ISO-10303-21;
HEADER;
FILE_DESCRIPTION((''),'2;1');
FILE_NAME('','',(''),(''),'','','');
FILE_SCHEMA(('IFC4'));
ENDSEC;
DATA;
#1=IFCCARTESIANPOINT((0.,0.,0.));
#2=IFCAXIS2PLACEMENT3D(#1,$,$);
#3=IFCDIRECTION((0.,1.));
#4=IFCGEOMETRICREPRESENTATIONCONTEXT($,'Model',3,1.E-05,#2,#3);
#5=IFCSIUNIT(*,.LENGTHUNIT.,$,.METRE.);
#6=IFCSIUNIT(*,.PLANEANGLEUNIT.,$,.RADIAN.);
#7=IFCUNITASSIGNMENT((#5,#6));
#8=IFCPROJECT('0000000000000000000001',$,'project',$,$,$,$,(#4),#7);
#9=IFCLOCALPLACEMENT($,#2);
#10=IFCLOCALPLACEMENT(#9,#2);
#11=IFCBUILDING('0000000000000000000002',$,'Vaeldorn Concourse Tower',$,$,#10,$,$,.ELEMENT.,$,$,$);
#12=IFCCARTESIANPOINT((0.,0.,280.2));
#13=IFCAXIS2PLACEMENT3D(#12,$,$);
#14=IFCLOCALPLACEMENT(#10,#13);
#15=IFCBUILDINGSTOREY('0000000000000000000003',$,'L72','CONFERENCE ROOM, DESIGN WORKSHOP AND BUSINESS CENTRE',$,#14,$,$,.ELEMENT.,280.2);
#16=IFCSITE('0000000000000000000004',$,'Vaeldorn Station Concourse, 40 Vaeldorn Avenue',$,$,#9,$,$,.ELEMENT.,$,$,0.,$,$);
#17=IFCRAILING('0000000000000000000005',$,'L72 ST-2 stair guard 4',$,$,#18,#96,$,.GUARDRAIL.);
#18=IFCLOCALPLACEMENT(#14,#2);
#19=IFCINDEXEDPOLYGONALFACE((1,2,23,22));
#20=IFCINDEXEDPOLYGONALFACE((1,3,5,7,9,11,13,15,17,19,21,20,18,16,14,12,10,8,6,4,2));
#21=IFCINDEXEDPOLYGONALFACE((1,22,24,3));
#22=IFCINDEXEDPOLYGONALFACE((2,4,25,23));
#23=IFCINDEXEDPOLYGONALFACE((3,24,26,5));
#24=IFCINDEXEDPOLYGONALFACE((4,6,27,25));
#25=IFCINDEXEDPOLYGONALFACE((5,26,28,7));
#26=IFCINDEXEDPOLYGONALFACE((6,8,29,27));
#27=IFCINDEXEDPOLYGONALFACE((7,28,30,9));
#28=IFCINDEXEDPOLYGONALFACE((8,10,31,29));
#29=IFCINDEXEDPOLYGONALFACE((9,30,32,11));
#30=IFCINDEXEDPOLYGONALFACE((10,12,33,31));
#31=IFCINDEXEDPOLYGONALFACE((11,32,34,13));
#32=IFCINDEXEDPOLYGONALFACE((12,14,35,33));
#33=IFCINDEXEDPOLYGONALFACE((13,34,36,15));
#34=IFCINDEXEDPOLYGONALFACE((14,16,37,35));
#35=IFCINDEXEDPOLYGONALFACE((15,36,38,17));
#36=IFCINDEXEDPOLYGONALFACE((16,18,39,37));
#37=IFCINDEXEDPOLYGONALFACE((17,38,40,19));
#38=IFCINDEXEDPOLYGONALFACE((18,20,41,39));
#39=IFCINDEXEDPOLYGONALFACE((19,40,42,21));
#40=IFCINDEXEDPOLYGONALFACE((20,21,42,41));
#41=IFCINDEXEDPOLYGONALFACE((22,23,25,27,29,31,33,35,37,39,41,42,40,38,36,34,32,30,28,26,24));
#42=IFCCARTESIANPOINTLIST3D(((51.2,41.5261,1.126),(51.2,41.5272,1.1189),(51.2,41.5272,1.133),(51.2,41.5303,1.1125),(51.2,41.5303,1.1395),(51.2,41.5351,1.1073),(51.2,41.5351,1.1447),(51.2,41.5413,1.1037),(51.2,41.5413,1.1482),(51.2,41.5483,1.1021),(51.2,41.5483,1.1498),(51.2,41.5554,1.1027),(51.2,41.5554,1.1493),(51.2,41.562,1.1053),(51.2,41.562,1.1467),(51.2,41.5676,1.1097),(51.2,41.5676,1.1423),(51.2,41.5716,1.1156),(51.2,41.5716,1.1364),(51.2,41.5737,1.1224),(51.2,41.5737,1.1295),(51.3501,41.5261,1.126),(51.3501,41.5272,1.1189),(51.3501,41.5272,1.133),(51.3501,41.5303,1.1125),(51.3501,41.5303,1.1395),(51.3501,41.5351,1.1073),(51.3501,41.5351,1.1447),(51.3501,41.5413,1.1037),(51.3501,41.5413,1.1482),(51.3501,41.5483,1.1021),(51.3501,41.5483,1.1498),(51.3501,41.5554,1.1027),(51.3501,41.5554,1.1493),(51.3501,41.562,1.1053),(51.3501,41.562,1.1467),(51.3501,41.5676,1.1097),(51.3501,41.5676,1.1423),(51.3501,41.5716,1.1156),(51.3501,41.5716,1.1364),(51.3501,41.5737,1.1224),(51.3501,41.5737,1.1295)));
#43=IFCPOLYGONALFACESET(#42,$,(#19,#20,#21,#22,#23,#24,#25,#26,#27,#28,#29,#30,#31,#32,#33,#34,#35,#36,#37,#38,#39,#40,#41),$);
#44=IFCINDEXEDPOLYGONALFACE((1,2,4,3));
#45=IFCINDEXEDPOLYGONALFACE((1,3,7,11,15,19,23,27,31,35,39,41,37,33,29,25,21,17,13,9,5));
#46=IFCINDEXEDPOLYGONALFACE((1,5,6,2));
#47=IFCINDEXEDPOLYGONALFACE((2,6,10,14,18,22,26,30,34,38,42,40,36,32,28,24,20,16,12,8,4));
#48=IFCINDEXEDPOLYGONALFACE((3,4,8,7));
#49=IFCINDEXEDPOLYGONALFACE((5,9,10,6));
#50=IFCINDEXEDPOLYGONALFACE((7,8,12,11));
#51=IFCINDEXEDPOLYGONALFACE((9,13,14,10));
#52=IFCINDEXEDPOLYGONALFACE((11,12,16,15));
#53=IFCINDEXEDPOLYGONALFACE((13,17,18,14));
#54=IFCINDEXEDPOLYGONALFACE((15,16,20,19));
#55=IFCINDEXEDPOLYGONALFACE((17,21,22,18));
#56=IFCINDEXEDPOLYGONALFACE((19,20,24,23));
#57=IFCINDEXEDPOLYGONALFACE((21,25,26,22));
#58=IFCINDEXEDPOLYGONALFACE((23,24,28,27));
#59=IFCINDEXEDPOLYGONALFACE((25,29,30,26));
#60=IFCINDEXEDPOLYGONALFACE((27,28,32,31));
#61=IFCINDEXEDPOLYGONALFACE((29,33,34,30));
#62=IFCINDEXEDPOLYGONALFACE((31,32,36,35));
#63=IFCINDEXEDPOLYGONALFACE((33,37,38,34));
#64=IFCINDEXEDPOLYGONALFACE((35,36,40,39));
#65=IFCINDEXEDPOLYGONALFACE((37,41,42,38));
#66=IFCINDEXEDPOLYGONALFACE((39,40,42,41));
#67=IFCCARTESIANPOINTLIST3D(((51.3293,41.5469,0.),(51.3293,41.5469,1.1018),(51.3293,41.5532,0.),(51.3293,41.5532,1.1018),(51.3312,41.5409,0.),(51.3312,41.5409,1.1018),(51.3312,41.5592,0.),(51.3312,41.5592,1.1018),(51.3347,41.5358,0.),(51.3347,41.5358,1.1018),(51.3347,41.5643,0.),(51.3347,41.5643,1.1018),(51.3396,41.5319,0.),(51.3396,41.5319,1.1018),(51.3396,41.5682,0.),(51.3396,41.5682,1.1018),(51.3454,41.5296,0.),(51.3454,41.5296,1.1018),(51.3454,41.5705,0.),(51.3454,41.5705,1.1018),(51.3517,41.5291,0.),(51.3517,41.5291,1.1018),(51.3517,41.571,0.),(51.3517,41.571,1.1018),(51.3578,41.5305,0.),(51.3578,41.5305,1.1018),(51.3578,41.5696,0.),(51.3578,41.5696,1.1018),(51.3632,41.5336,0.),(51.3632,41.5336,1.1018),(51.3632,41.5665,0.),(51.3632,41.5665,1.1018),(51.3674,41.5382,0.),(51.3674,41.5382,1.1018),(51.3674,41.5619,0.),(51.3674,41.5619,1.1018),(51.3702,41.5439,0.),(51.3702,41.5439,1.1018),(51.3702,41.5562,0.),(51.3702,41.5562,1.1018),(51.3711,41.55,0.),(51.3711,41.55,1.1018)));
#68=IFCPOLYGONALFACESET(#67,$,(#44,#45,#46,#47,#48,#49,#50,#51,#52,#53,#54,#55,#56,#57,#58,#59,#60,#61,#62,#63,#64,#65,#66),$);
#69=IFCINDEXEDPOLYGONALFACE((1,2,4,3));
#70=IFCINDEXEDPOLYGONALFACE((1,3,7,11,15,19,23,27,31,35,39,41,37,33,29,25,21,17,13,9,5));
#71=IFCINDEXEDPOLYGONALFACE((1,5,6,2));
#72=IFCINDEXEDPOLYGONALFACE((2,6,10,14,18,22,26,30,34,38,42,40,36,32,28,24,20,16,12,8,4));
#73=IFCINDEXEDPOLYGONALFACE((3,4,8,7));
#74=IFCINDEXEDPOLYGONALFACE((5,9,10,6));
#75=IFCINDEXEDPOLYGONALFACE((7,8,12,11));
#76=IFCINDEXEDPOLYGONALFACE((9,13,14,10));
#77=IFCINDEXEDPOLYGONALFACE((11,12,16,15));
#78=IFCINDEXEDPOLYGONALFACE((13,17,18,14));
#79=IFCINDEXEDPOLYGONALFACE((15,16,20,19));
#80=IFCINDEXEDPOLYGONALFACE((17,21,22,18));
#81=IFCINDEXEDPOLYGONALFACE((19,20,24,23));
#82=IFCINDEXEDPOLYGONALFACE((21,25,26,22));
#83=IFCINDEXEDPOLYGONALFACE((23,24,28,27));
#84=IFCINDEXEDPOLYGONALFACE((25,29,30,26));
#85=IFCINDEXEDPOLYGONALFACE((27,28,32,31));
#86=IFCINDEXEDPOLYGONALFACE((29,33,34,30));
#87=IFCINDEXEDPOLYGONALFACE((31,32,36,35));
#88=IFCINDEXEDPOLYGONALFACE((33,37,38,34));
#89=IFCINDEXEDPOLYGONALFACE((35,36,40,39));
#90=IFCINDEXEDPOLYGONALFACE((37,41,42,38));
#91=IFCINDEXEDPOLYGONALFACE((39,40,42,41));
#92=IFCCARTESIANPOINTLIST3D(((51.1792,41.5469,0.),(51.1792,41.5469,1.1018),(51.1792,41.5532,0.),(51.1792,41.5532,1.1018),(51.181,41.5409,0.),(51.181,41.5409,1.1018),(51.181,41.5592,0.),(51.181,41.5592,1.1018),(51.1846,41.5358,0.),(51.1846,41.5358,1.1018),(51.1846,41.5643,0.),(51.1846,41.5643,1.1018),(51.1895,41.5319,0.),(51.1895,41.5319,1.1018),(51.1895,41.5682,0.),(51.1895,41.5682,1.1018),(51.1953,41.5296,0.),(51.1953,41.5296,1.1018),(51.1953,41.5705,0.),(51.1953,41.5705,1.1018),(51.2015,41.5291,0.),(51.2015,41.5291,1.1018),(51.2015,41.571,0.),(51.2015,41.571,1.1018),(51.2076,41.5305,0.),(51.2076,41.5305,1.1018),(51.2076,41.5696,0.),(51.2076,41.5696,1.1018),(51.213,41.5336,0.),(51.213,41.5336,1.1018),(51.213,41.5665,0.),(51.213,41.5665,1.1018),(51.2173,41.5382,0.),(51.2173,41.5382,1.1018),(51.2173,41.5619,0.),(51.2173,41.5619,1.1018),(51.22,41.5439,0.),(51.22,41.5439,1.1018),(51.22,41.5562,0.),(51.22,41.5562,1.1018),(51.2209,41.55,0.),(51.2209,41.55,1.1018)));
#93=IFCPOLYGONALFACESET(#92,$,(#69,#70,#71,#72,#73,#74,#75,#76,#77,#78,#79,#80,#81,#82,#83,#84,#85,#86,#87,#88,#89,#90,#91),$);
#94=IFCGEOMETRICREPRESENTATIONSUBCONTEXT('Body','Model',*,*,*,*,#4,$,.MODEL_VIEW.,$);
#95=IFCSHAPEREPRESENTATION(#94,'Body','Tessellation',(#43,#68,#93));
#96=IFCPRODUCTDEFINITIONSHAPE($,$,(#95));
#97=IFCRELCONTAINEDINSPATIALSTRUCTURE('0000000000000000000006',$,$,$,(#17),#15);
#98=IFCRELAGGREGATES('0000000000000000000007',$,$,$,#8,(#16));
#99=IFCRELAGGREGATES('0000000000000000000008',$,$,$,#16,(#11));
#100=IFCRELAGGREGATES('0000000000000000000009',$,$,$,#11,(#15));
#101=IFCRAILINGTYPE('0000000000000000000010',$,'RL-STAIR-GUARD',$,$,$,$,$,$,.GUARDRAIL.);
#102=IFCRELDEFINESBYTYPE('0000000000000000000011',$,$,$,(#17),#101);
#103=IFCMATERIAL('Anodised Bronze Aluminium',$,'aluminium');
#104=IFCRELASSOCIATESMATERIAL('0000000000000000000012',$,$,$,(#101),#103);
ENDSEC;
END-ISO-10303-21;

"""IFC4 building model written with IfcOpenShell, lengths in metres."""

from ifc_helpers import new_model, si_unit, direction, frame, origin, origin_2d, place, context, subcontext, project, spatial, circle, extrude, material, type_object, element, save


model = new_model("IFC4")

# Units and contexts
model_context = context("Model", 3, precision=1e-05, world=origin(), true_north=direction((0.0, 1.0)))
body_context = subcontext(model_context, "Body", "Model", "MODEL_VIEW")
ifc_project = project(units=[si_unit("LENGTHUNIT", "METRE"), si_unit("PLANEANGLEUNIT", "RADIAN")], contexts=[model_context])

# Site, building, storey
site_placement = place(None, origin())
site = spatial("IfcSite", under=ifc_project, at=site_placement, Name="Vaeldorn Station Concourse, 40 Vaeldorn Avenue", CompositionType="ELEMENT", RefElevation=0.0)
building_placement = place(site_placement, origin())
building = spatial("IfcBuilding", under=site, at=building_placement, Name="Vaeldorn Concourse Tower", CompositionType="ELEMENT")
storey_placement = place(building_placement, frame((0.0, 0.0, 280.2)))
storey = spatial("IfcBuildingStorey", under=building, at=storey_placement, Name="L72", Description="CONFERENCE ROOM, DESIGN WORKSHOP AND BUSINESS CENTRE", CompositionType="ELEMENT", Elevation=280.2)

# Shared definitions
ifc_material_1 = material(Name="Anodised Bronze Aluminium", Category="aluminium")

# Railing
railing_type_1 = type_object("IfcRailingType", Name="RL-STAIR-GUARD", PredefinedType="GUARDRAIL", material=ifc_material_1)
railing_1_placement = place(storey_placement, frame((51.3501, 41.55, 0.0)))
element("IfcRailing", 1, at=railing_1_placement, inside=storey, type_object=railing_type_1, Name="L72 ST-2 stair guard 4", PredefinedType="GUARDRAIL", context=body_context, shape_type="SweptSolid", body=[
    extrude(circle(Radius=0.0239, at=origin_2d()), frame((0.0, 0.0, 1.126), z_axis=(-1.0, 0.0, 0.0), x_axis=(0.0, -1.0, 0.0)), (0.0, 0.0, 1.0), 0.1501),
    extrude(circle(Radius=0.021, at=origin_2d()), origin(), (0.0, 0.0, 1.0), 1.1018),
    extrude(circle(Radius=0.021, at=origin_2d()), frame((-0.1501, 0.0, 0.0)), (0.0, 0.0, 1.0), 1.1018),
])

save(model, "model.ifc")
